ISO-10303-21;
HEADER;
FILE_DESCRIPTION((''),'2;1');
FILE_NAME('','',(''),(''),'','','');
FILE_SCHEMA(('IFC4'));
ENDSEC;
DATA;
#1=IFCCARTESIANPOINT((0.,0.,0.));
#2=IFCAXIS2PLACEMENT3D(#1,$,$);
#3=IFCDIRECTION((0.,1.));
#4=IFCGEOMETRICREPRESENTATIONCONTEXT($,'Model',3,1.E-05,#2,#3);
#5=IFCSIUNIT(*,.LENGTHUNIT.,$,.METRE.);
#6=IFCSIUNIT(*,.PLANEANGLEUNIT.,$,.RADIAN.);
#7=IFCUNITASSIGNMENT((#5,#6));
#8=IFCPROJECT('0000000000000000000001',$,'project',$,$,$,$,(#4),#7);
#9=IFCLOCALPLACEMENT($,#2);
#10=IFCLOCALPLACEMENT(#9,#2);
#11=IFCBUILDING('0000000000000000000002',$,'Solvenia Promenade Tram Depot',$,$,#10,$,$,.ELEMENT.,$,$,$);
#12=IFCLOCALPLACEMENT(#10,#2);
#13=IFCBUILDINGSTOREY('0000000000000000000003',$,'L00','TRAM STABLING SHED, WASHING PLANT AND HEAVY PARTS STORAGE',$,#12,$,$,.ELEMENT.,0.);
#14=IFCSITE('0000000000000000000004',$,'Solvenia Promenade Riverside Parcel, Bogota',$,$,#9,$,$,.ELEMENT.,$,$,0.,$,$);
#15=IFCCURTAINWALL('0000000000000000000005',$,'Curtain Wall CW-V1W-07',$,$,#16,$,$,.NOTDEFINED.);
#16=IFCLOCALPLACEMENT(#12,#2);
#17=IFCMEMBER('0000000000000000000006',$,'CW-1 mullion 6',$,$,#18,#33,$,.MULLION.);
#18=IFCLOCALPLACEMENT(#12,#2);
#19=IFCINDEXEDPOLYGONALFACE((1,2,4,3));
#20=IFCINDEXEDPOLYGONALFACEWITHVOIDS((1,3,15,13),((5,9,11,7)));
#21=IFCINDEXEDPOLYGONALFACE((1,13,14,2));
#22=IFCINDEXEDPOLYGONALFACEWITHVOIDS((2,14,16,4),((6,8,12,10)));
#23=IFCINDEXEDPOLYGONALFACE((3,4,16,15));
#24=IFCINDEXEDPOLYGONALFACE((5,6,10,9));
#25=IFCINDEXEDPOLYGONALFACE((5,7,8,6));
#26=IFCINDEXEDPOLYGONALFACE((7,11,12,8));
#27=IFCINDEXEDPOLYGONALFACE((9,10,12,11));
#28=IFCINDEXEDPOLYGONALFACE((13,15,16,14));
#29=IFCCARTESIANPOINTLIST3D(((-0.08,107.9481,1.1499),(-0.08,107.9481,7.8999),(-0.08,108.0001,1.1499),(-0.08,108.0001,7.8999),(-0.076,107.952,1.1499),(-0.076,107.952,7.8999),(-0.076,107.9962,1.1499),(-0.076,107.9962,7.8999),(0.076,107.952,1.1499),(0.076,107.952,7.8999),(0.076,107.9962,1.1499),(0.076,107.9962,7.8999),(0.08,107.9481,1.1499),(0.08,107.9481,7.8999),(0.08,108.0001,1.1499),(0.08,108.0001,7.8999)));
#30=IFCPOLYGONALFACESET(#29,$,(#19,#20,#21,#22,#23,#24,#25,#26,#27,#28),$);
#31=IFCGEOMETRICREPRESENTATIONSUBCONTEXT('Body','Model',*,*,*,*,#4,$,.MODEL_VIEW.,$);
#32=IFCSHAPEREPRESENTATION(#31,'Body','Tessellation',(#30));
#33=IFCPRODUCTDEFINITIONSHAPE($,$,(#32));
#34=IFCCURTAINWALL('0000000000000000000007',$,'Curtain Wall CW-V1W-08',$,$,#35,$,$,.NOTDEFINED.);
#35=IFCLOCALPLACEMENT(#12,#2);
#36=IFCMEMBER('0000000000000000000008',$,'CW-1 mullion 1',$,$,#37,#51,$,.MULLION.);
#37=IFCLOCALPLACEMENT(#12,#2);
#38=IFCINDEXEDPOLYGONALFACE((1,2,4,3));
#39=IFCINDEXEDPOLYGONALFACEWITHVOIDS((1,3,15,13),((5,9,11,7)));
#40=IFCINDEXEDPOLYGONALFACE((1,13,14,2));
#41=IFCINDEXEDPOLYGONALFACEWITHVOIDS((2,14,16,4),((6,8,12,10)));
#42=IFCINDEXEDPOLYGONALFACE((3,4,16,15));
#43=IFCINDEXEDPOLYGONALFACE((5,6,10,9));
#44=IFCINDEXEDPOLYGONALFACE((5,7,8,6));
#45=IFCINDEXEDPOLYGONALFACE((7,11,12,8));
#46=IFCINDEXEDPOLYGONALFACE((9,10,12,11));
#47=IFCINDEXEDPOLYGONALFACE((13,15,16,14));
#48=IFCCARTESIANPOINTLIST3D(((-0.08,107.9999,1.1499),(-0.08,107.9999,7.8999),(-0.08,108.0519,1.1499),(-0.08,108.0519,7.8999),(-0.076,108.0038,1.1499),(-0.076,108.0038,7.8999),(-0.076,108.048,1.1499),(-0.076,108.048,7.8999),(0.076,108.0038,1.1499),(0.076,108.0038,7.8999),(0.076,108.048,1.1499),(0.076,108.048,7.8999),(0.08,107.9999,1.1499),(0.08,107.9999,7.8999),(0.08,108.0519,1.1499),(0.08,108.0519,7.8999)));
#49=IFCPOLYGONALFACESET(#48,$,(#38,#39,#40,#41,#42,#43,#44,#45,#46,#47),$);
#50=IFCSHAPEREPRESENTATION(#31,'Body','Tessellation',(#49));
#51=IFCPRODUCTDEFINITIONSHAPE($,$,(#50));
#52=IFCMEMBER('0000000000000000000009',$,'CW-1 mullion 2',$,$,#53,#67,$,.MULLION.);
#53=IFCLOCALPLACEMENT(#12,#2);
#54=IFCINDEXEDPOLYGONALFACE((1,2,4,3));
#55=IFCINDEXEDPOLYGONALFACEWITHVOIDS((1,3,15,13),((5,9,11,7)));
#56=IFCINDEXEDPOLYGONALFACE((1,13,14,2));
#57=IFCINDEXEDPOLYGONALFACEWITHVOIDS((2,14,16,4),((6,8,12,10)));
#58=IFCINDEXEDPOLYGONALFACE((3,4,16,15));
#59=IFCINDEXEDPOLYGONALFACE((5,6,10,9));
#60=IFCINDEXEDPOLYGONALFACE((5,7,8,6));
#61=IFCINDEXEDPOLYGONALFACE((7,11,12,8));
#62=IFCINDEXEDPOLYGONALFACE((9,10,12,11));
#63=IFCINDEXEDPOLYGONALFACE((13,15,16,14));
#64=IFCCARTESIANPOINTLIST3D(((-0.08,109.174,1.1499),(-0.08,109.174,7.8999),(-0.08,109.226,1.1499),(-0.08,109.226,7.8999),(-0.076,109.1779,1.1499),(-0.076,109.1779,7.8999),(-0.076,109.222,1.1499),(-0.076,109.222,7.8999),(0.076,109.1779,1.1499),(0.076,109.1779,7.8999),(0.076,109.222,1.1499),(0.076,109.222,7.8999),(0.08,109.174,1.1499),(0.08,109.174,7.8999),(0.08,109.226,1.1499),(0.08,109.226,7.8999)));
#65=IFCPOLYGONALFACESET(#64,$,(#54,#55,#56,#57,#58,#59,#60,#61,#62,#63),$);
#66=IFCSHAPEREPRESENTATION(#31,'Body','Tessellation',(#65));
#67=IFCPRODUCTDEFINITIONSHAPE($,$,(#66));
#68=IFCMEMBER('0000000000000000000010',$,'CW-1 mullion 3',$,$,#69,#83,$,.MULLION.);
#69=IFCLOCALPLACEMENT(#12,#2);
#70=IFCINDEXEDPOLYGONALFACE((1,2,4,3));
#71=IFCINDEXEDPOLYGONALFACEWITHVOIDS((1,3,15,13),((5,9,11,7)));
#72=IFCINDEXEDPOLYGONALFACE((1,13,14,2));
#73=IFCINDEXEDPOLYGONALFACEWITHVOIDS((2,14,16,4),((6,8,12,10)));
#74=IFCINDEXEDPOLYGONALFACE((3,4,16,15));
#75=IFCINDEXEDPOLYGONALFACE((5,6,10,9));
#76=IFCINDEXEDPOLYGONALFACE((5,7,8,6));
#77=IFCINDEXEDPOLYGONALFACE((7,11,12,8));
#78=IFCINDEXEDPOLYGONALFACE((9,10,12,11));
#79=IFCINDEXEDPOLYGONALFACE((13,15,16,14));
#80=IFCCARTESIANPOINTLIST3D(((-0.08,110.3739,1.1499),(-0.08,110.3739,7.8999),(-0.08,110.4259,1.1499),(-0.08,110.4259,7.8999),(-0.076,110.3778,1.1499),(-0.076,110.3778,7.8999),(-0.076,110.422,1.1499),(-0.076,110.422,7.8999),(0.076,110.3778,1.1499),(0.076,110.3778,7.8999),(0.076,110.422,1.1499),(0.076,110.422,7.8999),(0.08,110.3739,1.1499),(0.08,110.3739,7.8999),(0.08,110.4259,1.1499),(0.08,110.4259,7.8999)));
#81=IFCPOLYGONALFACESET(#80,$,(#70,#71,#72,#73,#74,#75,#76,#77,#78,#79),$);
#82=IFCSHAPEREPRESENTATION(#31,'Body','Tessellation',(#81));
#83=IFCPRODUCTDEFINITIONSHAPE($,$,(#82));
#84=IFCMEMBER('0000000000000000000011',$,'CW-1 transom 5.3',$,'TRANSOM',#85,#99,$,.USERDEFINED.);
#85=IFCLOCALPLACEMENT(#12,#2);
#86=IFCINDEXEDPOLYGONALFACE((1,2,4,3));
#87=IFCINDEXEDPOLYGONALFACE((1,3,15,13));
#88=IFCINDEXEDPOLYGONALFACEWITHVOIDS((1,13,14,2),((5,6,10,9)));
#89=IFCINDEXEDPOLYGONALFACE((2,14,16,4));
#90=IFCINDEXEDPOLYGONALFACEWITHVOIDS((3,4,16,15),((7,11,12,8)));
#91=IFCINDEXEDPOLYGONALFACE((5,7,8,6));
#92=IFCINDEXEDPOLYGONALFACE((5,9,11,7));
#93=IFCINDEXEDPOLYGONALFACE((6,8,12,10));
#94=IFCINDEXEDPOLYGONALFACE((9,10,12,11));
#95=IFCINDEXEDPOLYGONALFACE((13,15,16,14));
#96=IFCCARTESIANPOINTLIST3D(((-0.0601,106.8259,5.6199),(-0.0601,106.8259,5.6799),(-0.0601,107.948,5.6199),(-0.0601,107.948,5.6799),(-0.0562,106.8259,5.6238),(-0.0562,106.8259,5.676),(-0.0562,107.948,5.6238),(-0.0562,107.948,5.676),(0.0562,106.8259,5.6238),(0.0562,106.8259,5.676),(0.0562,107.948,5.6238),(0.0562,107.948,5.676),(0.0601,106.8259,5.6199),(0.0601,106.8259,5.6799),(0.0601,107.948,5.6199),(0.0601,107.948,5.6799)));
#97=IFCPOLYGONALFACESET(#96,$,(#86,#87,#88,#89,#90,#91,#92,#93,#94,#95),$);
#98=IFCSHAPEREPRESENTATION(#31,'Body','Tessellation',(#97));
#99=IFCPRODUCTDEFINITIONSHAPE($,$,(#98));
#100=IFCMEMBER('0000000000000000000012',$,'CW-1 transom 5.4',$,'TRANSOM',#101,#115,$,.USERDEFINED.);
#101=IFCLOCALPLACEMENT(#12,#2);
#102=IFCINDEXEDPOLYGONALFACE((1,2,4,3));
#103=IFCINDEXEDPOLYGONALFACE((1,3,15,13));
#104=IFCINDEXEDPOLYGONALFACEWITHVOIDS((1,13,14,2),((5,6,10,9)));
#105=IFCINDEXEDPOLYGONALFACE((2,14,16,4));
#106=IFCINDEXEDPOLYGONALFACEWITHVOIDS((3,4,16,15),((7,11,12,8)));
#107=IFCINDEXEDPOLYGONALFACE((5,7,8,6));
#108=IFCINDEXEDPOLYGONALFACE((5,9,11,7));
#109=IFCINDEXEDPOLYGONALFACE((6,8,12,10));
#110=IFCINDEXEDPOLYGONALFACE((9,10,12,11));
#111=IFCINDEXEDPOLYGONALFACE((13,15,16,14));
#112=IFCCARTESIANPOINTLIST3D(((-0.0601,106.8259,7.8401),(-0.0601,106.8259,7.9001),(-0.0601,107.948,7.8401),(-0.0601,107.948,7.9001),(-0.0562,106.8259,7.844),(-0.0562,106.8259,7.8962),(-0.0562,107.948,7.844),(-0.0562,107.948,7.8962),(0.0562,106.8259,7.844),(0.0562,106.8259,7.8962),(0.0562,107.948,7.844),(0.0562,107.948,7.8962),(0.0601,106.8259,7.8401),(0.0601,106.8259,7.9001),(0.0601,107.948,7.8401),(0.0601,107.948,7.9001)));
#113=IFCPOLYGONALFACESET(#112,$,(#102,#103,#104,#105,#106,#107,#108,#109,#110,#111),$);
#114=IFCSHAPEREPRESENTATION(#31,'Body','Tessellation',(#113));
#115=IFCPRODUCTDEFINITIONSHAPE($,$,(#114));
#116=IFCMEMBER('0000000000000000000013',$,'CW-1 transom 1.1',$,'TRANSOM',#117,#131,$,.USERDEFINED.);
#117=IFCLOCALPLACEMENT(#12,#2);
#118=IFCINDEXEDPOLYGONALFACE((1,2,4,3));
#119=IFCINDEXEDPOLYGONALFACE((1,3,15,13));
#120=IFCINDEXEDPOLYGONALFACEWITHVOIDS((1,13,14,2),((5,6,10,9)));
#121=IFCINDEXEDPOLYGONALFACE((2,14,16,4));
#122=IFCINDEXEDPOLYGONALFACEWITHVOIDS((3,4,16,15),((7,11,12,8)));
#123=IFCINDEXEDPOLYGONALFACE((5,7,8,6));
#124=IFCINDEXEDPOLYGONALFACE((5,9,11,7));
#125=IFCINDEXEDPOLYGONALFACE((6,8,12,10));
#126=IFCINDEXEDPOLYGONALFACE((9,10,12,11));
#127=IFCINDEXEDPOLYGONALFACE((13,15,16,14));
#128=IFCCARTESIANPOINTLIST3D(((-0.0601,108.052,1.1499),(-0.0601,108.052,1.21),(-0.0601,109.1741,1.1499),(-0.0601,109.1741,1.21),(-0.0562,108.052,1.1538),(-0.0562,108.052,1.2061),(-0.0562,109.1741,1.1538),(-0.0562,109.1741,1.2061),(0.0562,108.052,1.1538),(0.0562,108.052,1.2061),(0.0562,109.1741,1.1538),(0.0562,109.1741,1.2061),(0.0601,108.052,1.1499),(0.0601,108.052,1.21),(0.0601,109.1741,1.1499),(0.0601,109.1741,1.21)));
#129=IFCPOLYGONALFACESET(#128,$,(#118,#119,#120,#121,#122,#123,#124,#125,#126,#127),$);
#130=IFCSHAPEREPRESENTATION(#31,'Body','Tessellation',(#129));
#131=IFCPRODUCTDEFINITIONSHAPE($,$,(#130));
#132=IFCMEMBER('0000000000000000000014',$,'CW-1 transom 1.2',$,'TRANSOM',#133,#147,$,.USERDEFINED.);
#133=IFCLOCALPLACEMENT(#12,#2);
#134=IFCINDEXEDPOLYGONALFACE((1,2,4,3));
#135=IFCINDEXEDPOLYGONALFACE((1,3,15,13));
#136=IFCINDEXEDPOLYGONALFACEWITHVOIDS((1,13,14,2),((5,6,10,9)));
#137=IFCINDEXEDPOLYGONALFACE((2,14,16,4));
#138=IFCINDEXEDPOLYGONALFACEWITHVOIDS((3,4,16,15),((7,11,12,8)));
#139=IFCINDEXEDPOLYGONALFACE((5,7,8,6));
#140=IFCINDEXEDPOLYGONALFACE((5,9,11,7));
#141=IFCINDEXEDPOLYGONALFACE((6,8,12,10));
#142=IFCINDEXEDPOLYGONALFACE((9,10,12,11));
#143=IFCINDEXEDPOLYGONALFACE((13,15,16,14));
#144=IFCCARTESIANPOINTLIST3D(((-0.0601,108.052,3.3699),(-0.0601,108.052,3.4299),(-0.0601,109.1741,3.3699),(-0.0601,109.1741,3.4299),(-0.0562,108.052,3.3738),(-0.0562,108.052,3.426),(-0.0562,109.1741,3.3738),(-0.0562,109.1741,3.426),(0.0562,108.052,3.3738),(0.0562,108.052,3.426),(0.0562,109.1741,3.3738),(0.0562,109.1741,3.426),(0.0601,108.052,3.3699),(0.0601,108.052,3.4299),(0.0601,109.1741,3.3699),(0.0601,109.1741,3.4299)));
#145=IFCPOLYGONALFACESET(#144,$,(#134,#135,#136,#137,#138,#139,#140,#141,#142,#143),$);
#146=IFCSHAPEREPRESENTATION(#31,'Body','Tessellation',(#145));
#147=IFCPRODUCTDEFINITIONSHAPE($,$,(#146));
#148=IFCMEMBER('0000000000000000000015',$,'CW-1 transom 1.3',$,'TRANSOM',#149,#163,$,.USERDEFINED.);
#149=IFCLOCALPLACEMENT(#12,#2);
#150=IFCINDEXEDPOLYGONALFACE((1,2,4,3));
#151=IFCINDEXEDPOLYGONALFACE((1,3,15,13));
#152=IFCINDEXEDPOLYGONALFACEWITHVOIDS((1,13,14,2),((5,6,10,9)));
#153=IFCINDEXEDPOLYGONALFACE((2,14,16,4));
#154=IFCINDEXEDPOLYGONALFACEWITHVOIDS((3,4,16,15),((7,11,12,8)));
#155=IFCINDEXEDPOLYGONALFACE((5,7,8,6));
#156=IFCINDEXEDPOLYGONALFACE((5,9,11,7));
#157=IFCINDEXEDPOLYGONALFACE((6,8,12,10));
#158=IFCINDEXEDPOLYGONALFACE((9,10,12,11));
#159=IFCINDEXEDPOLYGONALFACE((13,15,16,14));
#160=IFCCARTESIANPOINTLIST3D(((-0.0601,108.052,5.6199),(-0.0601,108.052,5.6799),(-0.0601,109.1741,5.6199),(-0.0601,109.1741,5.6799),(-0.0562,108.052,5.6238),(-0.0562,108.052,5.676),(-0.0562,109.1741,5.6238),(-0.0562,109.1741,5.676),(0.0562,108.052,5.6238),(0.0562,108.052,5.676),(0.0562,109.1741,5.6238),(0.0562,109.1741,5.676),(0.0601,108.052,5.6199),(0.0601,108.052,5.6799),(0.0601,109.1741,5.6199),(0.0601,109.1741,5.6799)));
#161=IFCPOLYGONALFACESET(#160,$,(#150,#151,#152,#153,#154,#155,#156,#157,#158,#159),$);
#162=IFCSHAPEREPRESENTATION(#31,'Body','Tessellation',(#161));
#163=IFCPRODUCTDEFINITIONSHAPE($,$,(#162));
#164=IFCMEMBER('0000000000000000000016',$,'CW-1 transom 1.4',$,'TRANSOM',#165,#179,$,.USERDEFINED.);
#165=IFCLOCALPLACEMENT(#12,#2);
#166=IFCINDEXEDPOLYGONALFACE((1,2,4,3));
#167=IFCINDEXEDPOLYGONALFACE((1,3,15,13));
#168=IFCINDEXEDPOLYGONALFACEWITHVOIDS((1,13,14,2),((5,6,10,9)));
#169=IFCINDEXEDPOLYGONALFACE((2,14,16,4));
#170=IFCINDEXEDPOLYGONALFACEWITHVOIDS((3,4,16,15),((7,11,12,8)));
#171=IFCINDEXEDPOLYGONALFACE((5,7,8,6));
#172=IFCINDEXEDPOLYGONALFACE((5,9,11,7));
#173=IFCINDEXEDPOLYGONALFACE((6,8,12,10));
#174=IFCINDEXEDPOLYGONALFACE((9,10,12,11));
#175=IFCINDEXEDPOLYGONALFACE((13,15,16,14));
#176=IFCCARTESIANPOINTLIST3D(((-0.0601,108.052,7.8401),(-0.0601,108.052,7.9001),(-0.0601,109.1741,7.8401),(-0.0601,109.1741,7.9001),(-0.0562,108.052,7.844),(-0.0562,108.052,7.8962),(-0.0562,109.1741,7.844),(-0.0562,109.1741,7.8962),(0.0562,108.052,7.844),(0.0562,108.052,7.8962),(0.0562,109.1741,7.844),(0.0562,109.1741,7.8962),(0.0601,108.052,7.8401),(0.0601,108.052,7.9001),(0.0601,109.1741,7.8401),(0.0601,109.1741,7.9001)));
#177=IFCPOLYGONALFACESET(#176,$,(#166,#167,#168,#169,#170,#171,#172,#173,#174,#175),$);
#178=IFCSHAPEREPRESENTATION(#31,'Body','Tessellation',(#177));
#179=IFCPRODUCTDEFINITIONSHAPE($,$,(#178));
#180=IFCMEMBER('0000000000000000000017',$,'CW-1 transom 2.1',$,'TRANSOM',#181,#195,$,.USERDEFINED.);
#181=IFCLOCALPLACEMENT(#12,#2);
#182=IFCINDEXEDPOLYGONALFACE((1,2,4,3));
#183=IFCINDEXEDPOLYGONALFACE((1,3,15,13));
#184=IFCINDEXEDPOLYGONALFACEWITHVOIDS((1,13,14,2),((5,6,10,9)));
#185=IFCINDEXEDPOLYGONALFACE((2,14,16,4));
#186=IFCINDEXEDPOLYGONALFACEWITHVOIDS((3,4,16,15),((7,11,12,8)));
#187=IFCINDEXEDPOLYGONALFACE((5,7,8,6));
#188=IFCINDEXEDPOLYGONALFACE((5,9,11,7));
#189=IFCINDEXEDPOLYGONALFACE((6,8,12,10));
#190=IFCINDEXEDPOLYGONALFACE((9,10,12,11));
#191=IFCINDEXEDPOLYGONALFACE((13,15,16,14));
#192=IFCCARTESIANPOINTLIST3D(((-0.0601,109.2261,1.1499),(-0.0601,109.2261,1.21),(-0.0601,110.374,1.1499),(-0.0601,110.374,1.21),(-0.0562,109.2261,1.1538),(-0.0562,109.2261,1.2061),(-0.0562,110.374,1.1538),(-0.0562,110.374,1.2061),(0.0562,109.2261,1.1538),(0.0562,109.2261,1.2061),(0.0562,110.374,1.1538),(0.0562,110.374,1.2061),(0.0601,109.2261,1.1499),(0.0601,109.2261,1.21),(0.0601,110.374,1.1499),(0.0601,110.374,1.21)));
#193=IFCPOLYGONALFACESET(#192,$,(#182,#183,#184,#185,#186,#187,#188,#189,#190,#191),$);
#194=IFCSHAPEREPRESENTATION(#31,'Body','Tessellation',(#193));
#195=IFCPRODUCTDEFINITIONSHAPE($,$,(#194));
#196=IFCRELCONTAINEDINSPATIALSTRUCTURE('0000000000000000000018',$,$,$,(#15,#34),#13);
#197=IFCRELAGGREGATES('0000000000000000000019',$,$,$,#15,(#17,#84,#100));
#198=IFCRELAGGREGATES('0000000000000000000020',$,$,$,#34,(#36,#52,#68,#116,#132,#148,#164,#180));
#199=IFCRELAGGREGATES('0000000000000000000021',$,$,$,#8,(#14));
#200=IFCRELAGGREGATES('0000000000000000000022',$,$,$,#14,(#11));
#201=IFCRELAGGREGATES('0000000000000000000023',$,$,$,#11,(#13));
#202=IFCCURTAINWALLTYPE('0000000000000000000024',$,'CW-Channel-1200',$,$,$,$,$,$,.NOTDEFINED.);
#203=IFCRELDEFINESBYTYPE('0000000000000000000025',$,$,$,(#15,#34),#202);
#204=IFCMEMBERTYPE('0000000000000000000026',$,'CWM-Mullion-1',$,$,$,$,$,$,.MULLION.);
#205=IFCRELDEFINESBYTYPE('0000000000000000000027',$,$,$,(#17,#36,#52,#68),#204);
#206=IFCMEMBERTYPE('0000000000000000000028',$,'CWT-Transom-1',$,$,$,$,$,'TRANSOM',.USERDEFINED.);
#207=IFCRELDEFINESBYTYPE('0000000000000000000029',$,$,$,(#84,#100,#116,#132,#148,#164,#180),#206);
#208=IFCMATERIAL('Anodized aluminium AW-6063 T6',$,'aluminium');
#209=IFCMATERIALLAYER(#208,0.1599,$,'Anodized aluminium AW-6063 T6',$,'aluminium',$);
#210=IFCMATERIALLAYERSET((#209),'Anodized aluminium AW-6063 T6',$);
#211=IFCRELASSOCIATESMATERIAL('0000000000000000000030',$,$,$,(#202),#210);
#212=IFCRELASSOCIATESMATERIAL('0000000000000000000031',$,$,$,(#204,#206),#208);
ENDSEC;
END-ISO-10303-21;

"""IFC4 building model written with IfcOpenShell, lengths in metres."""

from ifc_helpers import new_model, si_unit, direction, frame, origin, origin_2d, place, context, subcontext, project, spatial, hollow_rectangle, extrude, material, layer, layer_set, material_profile, profile_set, type_object, element, aggregate, save


model = new_model("IFC4")

# Units and contexts
model_context = context("Model", 3, precision=1e-05, world=origin(), true_north=direction((0.0, 1.0)))
body_context = subcontext(model_context, "Body", "Model", "MODEL_VIEW")
ifc_project = project(units=[si_unit("LENGTHUNIT", "METRE"), si_unit("PLANEANGLEUNIT", "RADIAN")], contexts=[model_context])

# Site, building, storey
site_placement = place(None, origin())
site = spatial("IfcSite", under=ifc_project, at=site_placement, Name="Solvenia Promenade Riverside Parcel, Bogota", CompositionType="ELEMENT", RefElevation=0.0)
building_placement = place(site_placement, origin())
building = spatial("IfcBuilding", under=site, at=building_placement, Name="Solvenia Promenade Tram Depot", CompositionType="ELEMENT")
storey_placement = place(building_placement, origin())
storey = spatial("IfcBuildingStorey", under=building, at=storey_placement, Name="L00", Description="TRAM STABLING SHED, WASHING PLANT AND HEAVY PARTS STORAGE", CompositionType="ELEMENT", Elevation=0.0)

# Curtain wall, member
ifc_material_1 = material(Name="Anodized aluminium AW-6063 T6", Category="aluminium")
ifc_layer_1 = layer(ifc_material_1, 0.1599, Name="Anodized aluminium AW-6063 T6", Category="aluminium")
ifc_layer_set_1 = layer_set([ifc_layer_1], Name="Anodized aluminium AW-6063 T6")
curtain_wall_type = type_object("IfcCurtainWallType", Name="CW-Channel-1200", PredefinedType="NOTDEFINED", material=ifc_layer_set_1)
curtain_wall_1_placement = place(storey_placement, origin())
curtain_wall_1 = element("IfcCurtainWall", 1, at=curtain_wall_1_placement, inside=storey, type_object=curtain_wall_type, Name="Curtain Wall CW-V1W-07", PredefinedType="NOTDEFINED")
ifc_material_profile_1 = material_profile(ifc_material_1, hollow_rectangle(XDim=0.1599, YDim=0.052, WallThickness=0.0039, at=origin_2d()), Name="ALU-M1", Category="aluminium")
ifc_profile_set_1 = profile_set([ifc_material_profile_1], Name="Anodized aluminium AW-6063 T6")
member_type_1 = type_object("IfcMemberType", Name="CWM-Mullion-1", PredefinedType="MULLION", material=ifc_profile_set_1)
member_1_placement = place(storey_placement, frame((0.0, 107.9741, 1.1499), z_axis=(0.0, 0.0, 1.0), x_axis=(-1.0, 0.0, 0.0)))
member_1 = element("IfcMember", 2, at=member_1_placement, type_object=member_type_1, Name="CW-1 mullion 6", PredefinedType="MULLION", context=body_context, shape_type="SweptSolid", body=[
    extrude(hollow_rectangle(XDim=0.1599, YDim=0.052, WallThickness=0.0039, at=origin_2d()), origin(), (0.0, 0.0, 1.0), 6.75),
])

# Curtain wall, members
curtain_wall_2_placement = place(storey_placement, origin())
curtain_wall_2 = element("IfcCurtainWall", 3, at=curtain_wall_2_placement, inside=storey, type_object=curtain_wall_type, Name="Curtain Wall CW-V1W-08", PredefinedType="NOTDEFINED")
member_2_placement = place(storey_placement, frame((0.0, 108.0259, 1.1499), z_axis=(0.0, 0.0, 1.0), x_axis=(-1.0, 0.0, 0.0)))
member_2 = element("IfcMember", 4, at=member_2_placement, type_object=member_type_1, Name="CW-1 mullion 1", PredefinedType="MULLION", context=body_context, shape_type="SweptSolid", body=[
    extrude(hollow_rectangle(XDim=0.1599, YDim=0.052, WallThickness=0.0039, at=origin_2d()), origin(), (0.0, 0.0, 1.0), 6.75),
])
member_3_placement = place(storey_placement, frame((0.0, 109.2, 1.1499), z_axis=(0.0, 0.0, 1.0), x_axis=(-1.0, 0.0, 0.0)))
member_3 = element("IfcMember", 5, at=member_3_placement, type_object=member_type_1, Name="CW-1 mullion 2", PredefinedType="MULLION", context=body_context, shape_type="SweptSolid", body=[
    extrude(hollow_rectangle(XDim=0.1599, YDim=0.052, WallThickness=0.0039, at=origin_2d()), origin(), (0.0, 0.0, 1.0), 6.75),
])
member_4_placement = place(storey_placement, frame((0.0, 110.3999, 1.1499), z_axis=(0.0, 0.0, 1.0), x_axis=(-1.0, 0.0, 0.0)))
member_4 = element("IfcMember", 6, at=member_4_placement, type_object=member_type_1, Name="CW-1 mullion 3", PredefinedType="MULLION", context=body_context, shape_type="SweptSolid", body=[
    extrude(hollow_rectangle(XDim=0.1599, YDim=0.052, WallThickness=0.0039, at=origin_2d()), origin(), (0.0, 0.0, 1.0), 6.75),
])

# Members
ifc_material_profile_2 = material_profile(ifc_material_1, hollow_rectangle(XDim=0.1201, YDim=0.0601, WallThickness=0.0039, at=origin_2d()), Name="ALU-T1", Category="aluminium")
ifc_profile_set_2 = profile_set([ifc_material_profile_2], Name="Anodized aluminium AW-6063 T6")
member_type_2 = type_object("IfcMemberType", Name="CWT-Transom-1", ElementType="TRANSOM", PredefinedType="USERDEFINED", material=ifc_profile_set_2)
member_5_placement = place(storey_placement, frame((0.0, 106.8259, 5.6499), z_axis=(0.0, 1.0, 0.0), x_axis=(-1.0, 0.0, 0.0)))
member_5 = element("IfcMember", 7, at=member_5_placement, type_object=member_type_2, Name="CW-1 transom 5.3", ObjectType="TRANSOM", PredefinedType="USERDEFINED", context=body_context, shape_type="SweptSolid", body=[
    extrude(hollow_rectangle(XDim=0.1201, YDim=0.0601, WallThickness=0.0039, at=origin_2d()), origin(), (0.0, 0.0, 1.0), 1.1221),
])
member_6_placement = place(storey_placement, frame((0.0, 106.8259, 7.8701), z_axis=(0.0, 1.0, 0.0), x_axis=(-1.0, 0.0, 0.0)))
member_6 = element("IfcMember", 8, at=member_6_placement, type_object=member_type_2, Name="CW-1 transom 5.4", ObjectType="TRANSOM", PredefinedType="USERDEFINED", context=body_context, shape_type="SweptSolid", body=[
    extrude(hollow_rectangle(XDim=0.1201, YDim=0.0601, WallThickness=0.0039, at=origin_2d()), origin(), (0.0, 0.0, 1.0), 1.1221),
])
member_7_placement = place(storey_placement, frame((0.0, 108.052, 1.1799), z_axis=(0.0, 1.0, 0.0), x_axis=(-1.0, 0.0, 0.0)))
member_7 = element("IfcMember", 9, at=member_7_placement, type_object=member_type_2, Name="CW-1 transom 1.1", ObjectType="TRANSOM", PredefinedType="USERDEFINED", context=body_context, shape_type="SweptSolid", body=[
    extrude(hollow_rectangle(XDim=0.1201, YDim=0.0601, WallThickness=0.0039, at=origin_2d()), origin(), (0.0, 0.0, 1.0), 1.1221),
])
member_8_placement = place(storey_placement, frame((0.0, 108.052, 3.3999), z_axis=(0.0, 1.0, 0.0), x_axis=(-1.0, 0.0, 0.0)))
member_8 = element("IfcMember", 10, at=member_8_placement, type_object=member_type_2, Name="CW-1 transom 1.2", ObjectType="TRANSOM", PredefinedType="USERDEFINED", context=body_context, shape_type="SweptSolid", body=[
    extrude(hollow_rectangle(XDim=0.1201, YDim=0.0601, WallThickness=0.0039, at=origin_2d()), origin(), (0.0, 0.0, 1.0), 1.1221),
])
member_9_placement = place(storey_placement, frame((0.0, 108.052, 5.6499), z_axis=(0.0, 1.0, 0.0), x_axis=(-1.0, 0.0, 0.0)))
member_9 = element("IfcMember", 11, at=member_9_placement, type_object=member_type_2, Name="CW-1 transom 1.3", ObjectType="TRANSOM", PredefinedType="USERDEFINED", context=body_context, shape_type="SweptSolid", body=[
    extrude(hollow_rectangle(XDim=0.1201, YDim=0.0601, WallThickness=0.0039, at=origin_2d()), origin(), (0.0, 0.0, 1.0), 1.1221),
])
member_10_placement = place(storey_placement, frame((0.0, 108.052, 7.8701), z_axis=(0.0, 1.0, 0.0), x_axis=(-1.0, 0.0, 0.0)))
member_10 = element("IfcMember", 12, at=member_10_placement, type_object=member_type_2, Name="CW-1 transom 1.4", ObjectType="TRANSOM", PredefinedType="USERDEFINED", context=body_context, shape_type="SweptSolid", body=[
    extrude(hollow_rectangle(XDim=0.1201, YDim=0.0601, WallThickness=0.0039, at=origin_2d()), origin(), (0.0, 0.0, 1.0), 1.1221),
])
member_11_placement = place(storey_placement, frame((0.0, 109.2261, 1.1799), z_axis=(0.0, 1.0, 0.0), x_axis=(-1.0, 0.0, 0.0)))
member_11 = element("IfcMember", 13, at=member_11_placement, type_object=member_type_2, Name="CW-1 transom 2.1", ObjectType="TRANSOM", PredefinedType="USERDEFINED", context=body_context, shape_type="SweptSolid", body=[
    extrude(hollow_rectangle(XDim=0.1201, YDim=0.0601, WallThickness=0.0039, at=origin_2d()), origin(), (0.0, 0.0, 1.0), 1.1479),
])

aggregate(curtain_wall_1, [member_1, member_5, member_6])
aggregate(curtain_wall_2, [member_2, member_3, member_4, member_7, member_8, member_9, member_10, member_11])

save(model, "model.ifc")
